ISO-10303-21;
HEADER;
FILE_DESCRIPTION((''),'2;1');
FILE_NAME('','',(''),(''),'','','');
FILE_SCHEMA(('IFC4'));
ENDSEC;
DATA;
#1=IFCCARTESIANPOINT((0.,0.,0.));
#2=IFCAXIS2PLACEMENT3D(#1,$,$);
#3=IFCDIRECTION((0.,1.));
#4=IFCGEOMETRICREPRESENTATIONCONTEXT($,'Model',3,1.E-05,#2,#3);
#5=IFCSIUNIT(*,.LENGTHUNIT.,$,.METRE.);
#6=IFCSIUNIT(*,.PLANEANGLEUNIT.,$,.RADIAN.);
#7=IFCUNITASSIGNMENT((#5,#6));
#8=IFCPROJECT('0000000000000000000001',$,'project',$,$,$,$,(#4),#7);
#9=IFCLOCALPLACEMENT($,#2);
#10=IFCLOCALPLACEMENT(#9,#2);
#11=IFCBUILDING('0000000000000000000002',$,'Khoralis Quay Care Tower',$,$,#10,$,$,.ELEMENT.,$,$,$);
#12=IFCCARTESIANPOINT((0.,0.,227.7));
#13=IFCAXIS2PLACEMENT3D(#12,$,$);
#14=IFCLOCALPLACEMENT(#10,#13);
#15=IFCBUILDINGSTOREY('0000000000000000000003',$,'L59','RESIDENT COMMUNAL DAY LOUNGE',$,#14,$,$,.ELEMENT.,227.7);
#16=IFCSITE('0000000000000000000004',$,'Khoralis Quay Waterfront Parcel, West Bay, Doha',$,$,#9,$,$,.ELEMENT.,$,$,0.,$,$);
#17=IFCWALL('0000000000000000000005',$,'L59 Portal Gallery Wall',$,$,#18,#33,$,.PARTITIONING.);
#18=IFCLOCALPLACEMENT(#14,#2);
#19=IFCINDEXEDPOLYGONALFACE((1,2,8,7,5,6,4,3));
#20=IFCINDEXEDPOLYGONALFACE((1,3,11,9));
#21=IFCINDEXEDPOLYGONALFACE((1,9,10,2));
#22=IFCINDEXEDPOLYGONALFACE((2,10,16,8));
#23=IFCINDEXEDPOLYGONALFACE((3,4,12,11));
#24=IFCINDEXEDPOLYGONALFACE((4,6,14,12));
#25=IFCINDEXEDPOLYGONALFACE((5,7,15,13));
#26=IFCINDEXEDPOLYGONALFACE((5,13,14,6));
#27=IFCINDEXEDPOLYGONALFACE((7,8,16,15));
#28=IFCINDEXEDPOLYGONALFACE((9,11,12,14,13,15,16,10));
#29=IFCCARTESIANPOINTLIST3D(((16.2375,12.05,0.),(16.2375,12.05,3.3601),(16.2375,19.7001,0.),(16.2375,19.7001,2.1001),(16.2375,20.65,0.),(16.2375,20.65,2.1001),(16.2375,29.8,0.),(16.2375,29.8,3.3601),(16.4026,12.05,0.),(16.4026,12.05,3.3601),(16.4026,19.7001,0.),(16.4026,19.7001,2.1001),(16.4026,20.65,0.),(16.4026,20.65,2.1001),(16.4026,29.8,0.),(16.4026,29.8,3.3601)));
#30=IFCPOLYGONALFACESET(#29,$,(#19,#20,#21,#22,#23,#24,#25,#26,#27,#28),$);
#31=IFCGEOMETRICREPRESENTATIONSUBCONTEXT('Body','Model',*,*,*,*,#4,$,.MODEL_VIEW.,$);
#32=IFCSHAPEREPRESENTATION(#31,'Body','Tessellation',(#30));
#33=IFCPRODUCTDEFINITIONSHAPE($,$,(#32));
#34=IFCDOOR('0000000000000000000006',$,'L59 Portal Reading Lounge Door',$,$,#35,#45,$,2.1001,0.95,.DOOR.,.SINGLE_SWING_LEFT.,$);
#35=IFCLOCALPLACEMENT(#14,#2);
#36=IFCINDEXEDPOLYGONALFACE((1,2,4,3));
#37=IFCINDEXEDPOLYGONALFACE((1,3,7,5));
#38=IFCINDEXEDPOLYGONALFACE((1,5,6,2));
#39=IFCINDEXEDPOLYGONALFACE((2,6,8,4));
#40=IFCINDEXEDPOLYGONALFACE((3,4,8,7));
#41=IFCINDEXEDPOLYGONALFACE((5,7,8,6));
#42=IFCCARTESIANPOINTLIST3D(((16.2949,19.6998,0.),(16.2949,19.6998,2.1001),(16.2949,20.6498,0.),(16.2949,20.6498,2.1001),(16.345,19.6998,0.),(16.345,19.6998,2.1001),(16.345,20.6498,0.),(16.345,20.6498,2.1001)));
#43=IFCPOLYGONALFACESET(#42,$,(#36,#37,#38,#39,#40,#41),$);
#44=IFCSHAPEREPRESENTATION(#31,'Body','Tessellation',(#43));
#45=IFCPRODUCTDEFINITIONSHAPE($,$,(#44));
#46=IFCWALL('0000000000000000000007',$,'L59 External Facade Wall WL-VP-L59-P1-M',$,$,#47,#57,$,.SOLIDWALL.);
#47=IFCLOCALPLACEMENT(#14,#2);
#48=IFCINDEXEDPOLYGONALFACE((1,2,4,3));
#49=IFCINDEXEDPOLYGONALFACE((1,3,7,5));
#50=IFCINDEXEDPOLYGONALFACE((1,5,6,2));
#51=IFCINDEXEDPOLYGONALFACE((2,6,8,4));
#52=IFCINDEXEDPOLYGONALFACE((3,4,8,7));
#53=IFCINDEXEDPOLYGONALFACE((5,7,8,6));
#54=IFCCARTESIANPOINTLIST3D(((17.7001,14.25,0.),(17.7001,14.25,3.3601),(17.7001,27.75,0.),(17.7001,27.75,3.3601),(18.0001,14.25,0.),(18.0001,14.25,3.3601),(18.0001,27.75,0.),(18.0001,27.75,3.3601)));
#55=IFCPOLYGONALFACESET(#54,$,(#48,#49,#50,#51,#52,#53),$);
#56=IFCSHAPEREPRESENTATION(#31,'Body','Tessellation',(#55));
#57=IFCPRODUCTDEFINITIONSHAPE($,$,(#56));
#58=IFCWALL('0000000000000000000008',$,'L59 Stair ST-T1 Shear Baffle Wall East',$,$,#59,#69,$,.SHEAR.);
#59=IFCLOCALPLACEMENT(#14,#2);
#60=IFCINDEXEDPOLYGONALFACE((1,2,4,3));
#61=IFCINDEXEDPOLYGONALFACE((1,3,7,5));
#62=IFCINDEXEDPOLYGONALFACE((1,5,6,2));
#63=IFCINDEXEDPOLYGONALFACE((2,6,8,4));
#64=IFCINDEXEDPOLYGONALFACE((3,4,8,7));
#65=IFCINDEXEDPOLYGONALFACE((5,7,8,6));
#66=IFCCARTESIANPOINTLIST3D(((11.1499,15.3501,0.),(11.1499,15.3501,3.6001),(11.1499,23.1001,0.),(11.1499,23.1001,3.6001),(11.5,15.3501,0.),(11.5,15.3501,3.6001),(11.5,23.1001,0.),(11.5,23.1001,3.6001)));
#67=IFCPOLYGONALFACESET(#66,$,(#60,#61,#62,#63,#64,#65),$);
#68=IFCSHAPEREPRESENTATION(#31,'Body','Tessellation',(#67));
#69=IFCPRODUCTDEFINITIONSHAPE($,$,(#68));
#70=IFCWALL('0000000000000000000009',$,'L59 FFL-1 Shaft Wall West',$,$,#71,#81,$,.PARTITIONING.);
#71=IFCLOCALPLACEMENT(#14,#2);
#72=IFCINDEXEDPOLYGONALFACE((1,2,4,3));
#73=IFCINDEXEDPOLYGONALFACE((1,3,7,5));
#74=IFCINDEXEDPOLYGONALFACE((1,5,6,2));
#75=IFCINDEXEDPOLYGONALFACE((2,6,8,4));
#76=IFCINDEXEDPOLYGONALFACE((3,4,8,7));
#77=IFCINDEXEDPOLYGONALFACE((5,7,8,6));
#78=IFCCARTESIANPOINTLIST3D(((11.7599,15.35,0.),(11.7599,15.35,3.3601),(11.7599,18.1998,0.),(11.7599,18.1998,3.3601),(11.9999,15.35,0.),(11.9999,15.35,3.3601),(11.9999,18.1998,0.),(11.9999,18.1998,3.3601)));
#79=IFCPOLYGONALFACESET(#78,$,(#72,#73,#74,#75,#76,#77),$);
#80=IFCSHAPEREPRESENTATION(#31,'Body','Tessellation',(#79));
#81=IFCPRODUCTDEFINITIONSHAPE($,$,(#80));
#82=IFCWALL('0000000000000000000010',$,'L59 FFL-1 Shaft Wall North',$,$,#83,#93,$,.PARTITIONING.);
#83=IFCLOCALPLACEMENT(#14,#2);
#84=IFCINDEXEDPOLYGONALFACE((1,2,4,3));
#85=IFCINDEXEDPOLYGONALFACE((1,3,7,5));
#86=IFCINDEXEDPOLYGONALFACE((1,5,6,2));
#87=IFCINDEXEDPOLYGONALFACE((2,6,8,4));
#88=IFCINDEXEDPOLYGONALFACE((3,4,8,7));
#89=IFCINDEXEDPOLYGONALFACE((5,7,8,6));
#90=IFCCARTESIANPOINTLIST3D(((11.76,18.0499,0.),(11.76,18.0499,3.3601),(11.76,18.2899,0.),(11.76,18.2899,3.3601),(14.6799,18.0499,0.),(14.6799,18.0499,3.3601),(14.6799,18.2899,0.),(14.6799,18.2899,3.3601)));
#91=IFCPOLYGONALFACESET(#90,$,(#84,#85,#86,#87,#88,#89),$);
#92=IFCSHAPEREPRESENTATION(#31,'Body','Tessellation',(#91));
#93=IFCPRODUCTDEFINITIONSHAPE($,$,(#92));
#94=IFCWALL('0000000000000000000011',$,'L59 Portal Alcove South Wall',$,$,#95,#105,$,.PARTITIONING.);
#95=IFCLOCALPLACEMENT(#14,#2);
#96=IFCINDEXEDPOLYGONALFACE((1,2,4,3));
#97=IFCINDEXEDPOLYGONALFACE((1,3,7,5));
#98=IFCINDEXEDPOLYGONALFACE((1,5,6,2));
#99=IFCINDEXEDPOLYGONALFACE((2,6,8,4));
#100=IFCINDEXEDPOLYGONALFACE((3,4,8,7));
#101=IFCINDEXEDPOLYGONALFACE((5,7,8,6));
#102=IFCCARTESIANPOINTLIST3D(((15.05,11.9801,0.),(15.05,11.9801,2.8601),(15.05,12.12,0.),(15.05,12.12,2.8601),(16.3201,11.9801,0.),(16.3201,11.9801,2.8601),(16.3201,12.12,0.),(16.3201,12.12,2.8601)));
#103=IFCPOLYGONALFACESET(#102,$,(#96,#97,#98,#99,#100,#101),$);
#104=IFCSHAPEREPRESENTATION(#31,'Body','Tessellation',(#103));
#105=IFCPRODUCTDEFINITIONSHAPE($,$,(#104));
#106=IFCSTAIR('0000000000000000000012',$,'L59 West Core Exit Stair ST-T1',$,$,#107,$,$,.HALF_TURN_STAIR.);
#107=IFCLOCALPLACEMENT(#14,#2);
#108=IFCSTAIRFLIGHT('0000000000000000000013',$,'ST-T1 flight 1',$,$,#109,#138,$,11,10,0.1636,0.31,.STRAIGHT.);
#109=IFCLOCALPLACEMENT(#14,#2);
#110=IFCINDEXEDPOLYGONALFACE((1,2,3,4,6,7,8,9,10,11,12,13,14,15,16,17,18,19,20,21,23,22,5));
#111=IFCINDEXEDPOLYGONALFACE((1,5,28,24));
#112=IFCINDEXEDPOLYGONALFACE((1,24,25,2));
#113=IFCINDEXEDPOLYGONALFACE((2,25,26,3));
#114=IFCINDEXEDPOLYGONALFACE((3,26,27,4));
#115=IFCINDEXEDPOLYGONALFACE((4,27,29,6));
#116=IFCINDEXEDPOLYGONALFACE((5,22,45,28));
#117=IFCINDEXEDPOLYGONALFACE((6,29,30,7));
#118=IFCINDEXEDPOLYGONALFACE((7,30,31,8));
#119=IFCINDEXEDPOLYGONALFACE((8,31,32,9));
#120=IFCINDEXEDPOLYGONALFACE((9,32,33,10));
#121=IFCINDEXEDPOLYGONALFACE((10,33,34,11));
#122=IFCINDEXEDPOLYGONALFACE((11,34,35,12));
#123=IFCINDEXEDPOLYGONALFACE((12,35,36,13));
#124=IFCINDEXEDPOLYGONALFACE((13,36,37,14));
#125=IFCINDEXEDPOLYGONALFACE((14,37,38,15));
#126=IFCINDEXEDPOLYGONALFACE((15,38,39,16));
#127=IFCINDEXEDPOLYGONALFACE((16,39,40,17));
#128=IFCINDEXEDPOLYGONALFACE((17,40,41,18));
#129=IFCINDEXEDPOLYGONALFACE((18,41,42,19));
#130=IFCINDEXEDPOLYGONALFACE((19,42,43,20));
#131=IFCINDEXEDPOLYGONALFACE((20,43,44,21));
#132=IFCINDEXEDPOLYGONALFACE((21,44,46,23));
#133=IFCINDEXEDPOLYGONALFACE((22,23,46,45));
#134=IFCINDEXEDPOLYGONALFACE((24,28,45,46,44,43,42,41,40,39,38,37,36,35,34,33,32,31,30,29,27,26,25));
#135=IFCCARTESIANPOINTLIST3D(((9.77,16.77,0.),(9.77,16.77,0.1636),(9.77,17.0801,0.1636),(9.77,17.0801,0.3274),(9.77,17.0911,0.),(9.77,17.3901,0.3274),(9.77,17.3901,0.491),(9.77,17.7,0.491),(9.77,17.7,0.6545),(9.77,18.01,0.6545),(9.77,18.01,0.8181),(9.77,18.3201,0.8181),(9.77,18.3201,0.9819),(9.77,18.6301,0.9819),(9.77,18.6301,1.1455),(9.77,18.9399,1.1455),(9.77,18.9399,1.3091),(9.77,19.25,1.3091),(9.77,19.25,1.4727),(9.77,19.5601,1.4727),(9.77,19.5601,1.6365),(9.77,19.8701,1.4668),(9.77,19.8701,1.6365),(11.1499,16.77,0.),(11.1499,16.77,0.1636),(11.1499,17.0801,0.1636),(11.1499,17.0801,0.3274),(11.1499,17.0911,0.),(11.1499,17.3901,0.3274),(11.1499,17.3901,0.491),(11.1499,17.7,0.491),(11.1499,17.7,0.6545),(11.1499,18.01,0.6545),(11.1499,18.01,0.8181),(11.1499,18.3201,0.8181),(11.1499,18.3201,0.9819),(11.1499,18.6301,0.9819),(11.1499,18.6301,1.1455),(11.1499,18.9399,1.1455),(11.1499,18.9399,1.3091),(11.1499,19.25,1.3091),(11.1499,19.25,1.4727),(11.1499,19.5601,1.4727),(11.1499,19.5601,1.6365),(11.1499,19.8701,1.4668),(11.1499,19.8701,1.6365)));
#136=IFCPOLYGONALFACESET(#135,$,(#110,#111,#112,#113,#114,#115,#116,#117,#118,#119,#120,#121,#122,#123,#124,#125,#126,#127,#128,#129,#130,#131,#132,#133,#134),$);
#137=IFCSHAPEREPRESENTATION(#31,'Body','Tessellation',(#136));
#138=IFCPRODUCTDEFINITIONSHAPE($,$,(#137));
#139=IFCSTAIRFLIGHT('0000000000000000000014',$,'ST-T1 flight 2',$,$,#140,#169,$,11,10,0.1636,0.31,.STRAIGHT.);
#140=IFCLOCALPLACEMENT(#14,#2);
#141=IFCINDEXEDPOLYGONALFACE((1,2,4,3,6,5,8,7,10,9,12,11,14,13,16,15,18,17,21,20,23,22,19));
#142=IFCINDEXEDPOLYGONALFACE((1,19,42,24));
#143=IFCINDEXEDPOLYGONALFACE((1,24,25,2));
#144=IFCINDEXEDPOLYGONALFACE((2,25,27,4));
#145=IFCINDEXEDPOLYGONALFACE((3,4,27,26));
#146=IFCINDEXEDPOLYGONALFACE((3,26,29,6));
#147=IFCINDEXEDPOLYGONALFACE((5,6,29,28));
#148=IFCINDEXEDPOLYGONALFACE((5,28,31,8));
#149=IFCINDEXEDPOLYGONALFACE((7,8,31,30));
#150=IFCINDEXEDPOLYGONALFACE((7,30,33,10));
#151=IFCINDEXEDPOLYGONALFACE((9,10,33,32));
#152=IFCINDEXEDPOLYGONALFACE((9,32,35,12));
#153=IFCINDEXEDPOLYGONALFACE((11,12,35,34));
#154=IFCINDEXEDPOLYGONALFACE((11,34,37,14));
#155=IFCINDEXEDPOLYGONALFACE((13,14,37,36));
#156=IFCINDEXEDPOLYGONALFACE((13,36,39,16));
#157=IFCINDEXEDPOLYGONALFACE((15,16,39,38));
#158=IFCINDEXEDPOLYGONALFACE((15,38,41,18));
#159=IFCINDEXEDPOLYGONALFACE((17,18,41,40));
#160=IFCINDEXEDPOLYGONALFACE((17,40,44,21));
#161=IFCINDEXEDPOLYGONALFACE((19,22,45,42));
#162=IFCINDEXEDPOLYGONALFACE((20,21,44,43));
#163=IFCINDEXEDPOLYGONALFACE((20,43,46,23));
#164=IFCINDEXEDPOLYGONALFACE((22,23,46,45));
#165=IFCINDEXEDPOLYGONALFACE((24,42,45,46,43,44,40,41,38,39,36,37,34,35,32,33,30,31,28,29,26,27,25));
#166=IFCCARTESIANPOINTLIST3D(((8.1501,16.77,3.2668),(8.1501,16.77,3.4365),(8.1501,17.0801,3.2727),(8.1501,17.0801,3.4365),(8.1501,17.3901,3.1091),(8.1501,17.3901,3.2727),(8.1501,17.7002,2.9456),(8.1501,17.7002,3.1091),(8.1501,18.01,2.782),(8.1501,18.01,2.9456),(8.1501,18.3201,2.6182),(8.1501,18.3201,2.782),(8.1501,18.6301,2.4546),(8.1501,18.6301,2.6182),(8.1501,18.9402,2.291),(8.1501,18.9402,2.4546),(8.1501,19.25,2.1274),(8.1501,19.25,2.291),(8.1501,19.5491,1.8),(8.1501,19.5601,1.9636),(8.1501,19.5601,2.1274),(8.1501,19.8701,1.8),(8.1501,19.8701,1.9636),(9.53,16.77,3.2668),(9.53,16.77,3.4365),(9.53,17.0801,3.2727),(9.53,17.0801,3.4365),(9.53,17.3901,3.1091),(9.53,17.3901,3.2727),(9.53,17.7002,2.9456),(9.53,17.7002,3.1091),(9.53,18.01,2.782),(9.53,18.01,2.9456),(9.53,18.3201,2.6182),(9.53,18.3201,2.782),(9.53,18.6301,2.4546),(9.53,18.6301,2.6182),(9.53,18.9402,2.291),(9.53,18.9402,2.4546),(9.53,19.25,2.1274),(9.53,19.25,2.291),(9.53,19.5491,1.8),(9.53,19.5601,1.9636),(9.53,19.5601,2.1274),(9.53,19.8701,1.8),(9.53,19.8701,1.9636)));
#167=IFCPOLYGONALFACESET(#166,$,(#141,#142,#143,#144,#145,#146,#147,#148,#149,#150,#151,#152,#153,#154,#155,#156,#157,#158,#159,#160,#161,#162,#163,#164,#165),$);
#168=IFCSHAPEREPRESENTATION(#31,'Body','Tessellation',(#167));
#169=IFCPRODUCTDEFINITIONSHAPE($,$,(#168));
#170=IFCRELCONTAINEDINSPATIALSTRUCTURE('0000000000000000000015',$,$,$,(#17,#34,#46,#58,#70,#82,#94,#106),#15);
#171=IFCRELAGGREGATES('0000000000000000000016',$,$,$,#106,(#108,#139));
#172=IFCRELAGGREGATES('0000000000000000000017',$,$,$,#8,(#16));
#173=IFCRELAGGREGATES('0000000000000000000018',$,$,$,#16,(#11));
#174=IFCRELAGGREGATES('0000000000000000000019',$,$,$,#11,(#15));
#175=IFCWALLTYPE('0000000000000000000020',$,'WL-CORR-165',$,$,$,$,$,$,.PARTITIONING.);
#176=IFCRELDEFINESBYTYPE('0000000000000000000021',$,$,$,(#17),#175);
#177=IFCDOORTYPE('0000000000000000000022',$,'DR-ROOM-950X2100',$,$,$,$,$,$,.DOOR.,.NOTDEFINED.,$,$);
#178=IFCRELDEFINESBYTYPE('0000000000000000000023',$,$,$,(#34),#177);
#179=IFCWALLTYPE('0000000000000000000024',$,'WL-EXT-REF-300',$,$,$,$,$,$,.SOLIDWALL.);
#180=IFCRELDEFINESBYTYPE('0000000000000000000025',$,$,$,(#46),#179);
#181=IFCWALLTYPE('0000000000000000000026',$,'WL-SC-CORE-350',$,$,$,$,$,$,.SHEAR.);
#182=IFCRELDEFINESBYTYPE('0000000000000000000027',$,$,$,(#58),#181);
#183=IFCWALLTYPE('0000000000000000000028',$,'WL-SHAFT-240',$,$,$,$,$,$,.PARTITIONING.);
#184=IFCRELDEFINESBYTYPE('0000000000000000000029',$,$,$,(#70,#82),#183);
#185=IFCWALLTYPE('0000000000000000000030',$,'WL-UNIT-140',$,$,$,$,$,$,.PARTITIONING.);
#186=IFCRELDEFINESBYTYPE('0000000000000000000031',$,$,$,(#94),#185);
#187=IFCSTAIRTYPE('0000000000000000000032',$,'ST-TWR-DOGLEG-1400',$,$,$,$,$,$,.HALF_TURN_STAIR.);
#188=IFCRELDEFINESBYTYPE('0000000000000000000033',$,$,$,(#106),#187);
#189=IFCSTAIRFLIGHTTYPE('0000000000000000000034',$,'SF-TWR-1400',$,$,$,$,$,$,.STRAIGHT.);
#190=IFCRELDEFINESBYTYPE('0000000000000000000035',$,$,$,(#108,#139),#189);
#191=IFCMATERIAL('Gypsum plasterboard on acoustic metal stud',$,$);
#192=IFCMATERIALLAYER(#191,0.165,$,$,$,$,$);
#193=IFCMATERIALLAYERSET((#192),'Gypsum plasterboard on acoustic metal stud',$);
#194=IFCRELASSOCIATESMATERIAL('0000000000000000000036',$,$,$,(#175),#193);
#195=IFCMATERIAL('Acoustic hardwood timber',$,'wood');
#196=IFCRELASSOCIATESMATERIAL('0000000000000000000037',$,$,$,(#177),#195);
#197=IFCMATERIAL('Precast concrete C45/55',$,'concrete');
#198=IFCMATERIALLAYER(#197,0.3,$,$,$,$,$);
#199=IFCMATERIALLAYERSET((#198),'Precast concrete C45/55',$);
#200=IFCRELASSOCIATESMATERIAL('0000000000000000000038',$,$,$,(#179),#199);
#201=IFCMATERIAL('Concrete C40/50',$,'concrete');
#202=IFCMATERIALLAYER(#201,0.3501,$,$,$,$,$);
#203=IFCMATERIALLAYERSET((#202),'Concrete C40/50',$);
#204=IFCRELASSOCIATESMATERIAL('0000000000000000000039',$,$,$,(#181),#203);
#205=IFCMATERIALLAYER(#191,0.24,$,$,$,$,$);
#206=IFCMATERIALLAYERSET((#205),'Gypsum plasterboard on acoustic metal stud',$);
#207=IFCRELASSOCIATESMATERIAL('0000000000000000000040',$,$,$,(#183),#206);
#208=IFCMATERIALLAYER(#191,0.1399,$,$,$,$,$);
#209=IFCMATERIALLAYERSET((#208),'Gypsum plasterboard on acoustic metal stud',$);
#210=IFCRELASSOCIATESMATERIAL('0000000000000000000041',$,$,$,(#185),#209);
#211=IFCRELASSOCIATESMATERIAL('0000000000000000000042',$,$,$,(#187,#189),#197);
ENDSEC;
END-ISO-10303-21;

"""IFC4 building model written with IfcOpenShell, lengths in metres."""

from ifc_helpers import new_model, si_unit, direction, frame, frame_2d, origin, place, context, subcontext, project, spatial, polyline, rectangle, outline, extrude, source, transform, mapped, material, layer, layer_set, type_object, element, fill, aggregate, save


model = new_model("IFC4")

# Units and contexts
model_context = context("Model", 3, precision=1e-05, world=origin(), true_north=direction((0.0, 1.0)))
body_context = subcontext(model_context, "Body", "Model", "MODEL_VIEW")
ifc_project = project(units=[si_unit("LENGTHUNIT", "METRE"), si_unit("PLANEANGLEUNIT", "RADIAN")], contexts=[model_context])

# Site, building, storey
site_placement = place(None, origin())
site = spatial("IfcSite", under=ifc_project, at=site_placement, Name="Khoralis Quay Waterfront Parcel, West Bay, Doha", CompositionType="ELEMENT", RefElevation=0.0)
building_placement = place(site_placement, origin())
building = spatial("IfcBuilding", under=site, at=building_placement, Name="Khoralis Quay Care Tower", CompositionType="ELEMENT")
storey_placement = place(building_placement, frame((0.0, 0.0, 227.7)))
storey = spatial("IfcBuildingStorey", under=building, at=storey_placement, Name="L59", Description="RESIDENT COMMUNAL DAY LOUNGE", CompositionType="ELEMENT", Elevation=227.7)

# Shared definitions
ifc_material_1 = material(Name="Gypsum plasterboard on acoustic metal stud")

# Wall, opening, door
ifc_layer_1 = layer(ifc_material_1, 0.165)
ifc_layer_set_1 = layer_set([ifc_layer_1], Name="Gypsum plasterboard on acoustic metal stud")
wall_type_1 = type_object("IfcWallType", Name="WL-CORR-165", PredefinedType="PARTITIONING", material=ifc_layer_set_1)
wall_1_placement = place(storey_placement, frame((16.3201, 12.05, 0.0), z_axis=(0.0, 0.0, 1.0), x_axis=(0.0, 1.0, 0.0)))
wall_1 = element("IfcWall", 1, at=wall_1_placement, inside=storey, type_object=wall_type_1, Name="L59 Portal Gallery Wall", PredefinedType="PARTITIONING", context=body_context, shape_type="SweptSolid", body=[
    extrude(rectangle(XDim=17.75, YDim=0.165, at=frame_2d((8.875, 0.0))), origin(), (0.0, 0.0, 1.0), 3.3601),
])
opening_1_placement = place(wall_1_placement, frame((7.6499, 0.0, 0.0)))
opening_1 = element("IfcOpeningElement", 2, at=opening_1_placement, cuts=wall_1, PredefinedType="OPENING", context=body_context, shape_type="SweptSolid", body=[
    extrude(rectangle(XDim=0.95, YDim=2.1001, at=frame_2d((0.4751, 1.05))), frame((0.0, 0.0925, 0.0), z_axis=(0.0, -1.0, 0.0), x_axis=(1.0, 0.0, 0.0)), (0.0, 0.0, 1.0), 0.1851),
])
ifc_material_2 = material(Name="Acoustic hardwood timber", Category="wood")
door_type_1 = type_object("IfcDoorType", Name="DR-ROOM-950X2100", OperationType="NOTDEFINED", PredefinedType="DOOR", material=ifc_material_2)
shared_shape_1 = source(origin(), body_context, "Body", "SweptSolid", [
    extrude(rectangle(XDim=0.95, YDim=2.1001, at=frame_2d((0.4751, 1.05))), frame((0.0, 0.0249, 0.0), z_axis=(0.0, -1.0, 0.0), x_axis=(1.0, 0.0, 0.0)), (0.0, 0.0, 1.0), 0.05),
])
door_1_placement = place(opening_1_placement, frame((0.95, 0.0, 0.0), z_axis=(0.0, 0.0, 1.0), x_axis=(-1.0, 0.0, 0.0)))
door_1 = element("IfcDoor", 3, at=door_1_placement, inside=storey, type_object=door_type_1, Name="L59 Portal Reading Lounge Door", OperationType="SINGLE_SWING_LEFT", OverallHeight=2.1001, OverallWidth=0.95, PredefinedType="DOOR", context=body_context, shape_type="MappedRepresentation", body=[
    mapped(shared_shape_1, transform((0.0, 0.0, 0.0), scale=1.0)),
])
fill(opening_1, door_1)

# Walls
ifc_material_3 = material(Name="Precast concrete C45/55", Category="concrete")
ifc_layer_2 = layer(ifc_material_3, 0.3)
ifc_layer_set_2 = layer_set([ifc_layer_2], Name="Precast concrete C45/55")
wall_type_2 = type_object("IfcWallType", Name="WL-EXT-REF-300", PredefinedType="SOLIDWALL", material=ifc_layer_set_2)
wall_2_placement = place(storey_placement, frame((17.8501, 14.25, 0.0), z_axis=(0.0, 0.0, 1.0), x_axis=(0.0, 1.0, 0.0)))
element("IfcWall", 4, at=wall_2_placement, inside=storey, type_object=wall_type_2, Name="L59 External Facade Wall WL-VP-L59-P1-M", PredefinedType="SOLIDWALL", context=body_context, shape_type="SweptSolid", body=[
    extrude(rectangle(XDim=13.5, YDim=0.3, at=frame_2d((6.75, 0.0))), origin(), (0.0, 0.0, 1.0), 3.3601),
])
ifc_material_4 = material(Name="Concrete C40/50", Category="concrete")
ifc_layer_3 = layer(ifc_material_4, 0.3501)
ifc_layer_set_3 = layer_set([ifc_layer_3], Name="Concrete C40/50")
wall_type_3 = type_object("IfcWallType", Name="WL-SC-CORE-350", PredefinedType="SHEAR", material=ifc_layer_set_3)
wall_3_placement = place(storey_placement, frame((11.325, 15.3501, 0.0), z_axis=(0.0, 0.0, 1.0), x_axis=(0.0, 1.0, 0.0)))
element("IfcWall", 5, at=wall_3_placement, inside=storey, type_object=wall_type_3, Name="L59 Stair ST-T1 Shear Baffle Wall East", PredefinedType="SHEAR", context=body_context, shape_type="SweptSolid", body=[
    extrude(rectangle(XDim=7.75, YDim=0.3501, at=frame_2d((3.875, 0.0))), origin(), (0.0, 0.0, 1.0), 3.6001),
])
ifc_layer_4 = layer(ifc_material_1, 0.24)
ifc_layer_set_4 = layer_set([ifc_layer_4], Name="Gypsum plasterboard on acoustic metal stud")
wall_type_4 = type_object("IfcWallType", Name="WL-SHAFT-240", PredefinedType="PARTITIONING", material=ifc_layer_set_4)
wall_4_placement = place(storey_placement, frame((11.8799, 15.3501, 0.0), z_axis=(0.0, 0.0, 1.0), x_axis=(0.0, 1.0, 0.0)))
element("IfcWall", 6, at=wall_4_placement, inside=storey, type_object=wall_type_4, Name="L59 FFL-1 Shaft Wall West", PredefinedType="PARTITIONING", context=body_context, shape_type="SweptSolid", body=[
    extrude(rectangle(XDim=2.8499, YDim=0.24, at=frame_2d((1.4248, 0.0))), origin(), (0.0, 0.0, 1.0), 3.3601),
])
wall_5_placement = place(storey_placement, frame((11.76, 18.1699, 0.0), z_axis=(0.0, 0.0, 1.0), x_axis=(1.0, 0.0, 0.0)))
element("IfcWall", 7, at=wall_5_placement, inside=storey, type_object=wall_type_4, Name="L59 FFL-1 Shaft Wall North", PredefinedType="PARTITIONING", context=body_context, shape_type="SweptSolid", body=[
    extrude(rectangle(XDim=2.9199, YDim=0.24, at=frame_2d((1.46, 0.0))), origin(), (0.0, 0.0, 1.0), 3.3601),
])
ifc_layer_5 = layer(ifc_material_1, 0.1399)
ifc_layer_set_5 = layer_set([ifc_layer_5], Name="Gypsum plasterboard on acoustic metal stud")
wall_type_5 = type_object("IfcWallType", Name="WL-UNIT-140", PredefinedType="PARTITIONING", material=ifc_layer_set_5)
wall_6_placement = place(storey_placement, frame((15.05, 12.05, 0.0), z_axis=(0.0, 0.0, 1.0), x_axis=(1.0, 0.0, 0.0)))
element("IfcWall", 8, at=wall_6_placement, inside=storey, type_object=wall_type_5, Name="L59 Portal Alcove South Wall", PredefinedType="PARTITIONING", context=body_context, shape_type="SweptSolid", body=[
    extrude(rectangle(XDim=1.27, YDim=0.1399, at=frame_2d((0.635, 0.0))), origin(), (0.0, 0.0, 1.0), 2.8601),
])

# Stair, stair flights
stair_type = type_object("IfcStairType", Name="ST-TWR-DOGLEG-1400", PredefinedType="HALF_TURN_STAIR", material=ifc_material_3)
stair_placement = place(storey_placement, origin())
stair = element("IfcStair", 9, at=stair_placement, inside=storey, type_object=stair_type, Name="L59 West Core Exit Stair ST-T1", PredefinedType="HALF_TURN_STAIR")
stair_flight_type = type_object("IfcStairFlightType", Name="SF-TWR-1400", PredefinedType="STRAIGHT", material=ifc_material_3)
shared_shape_2 = source(origin(), body_context, "Body", "SweptSolid", [
    extrude(outline(polyline([(0.0, 0.0), (0.0, 0.1636), (0.3101, 0.1636), (0.3101, 0.3274), (0.6201, 0.3274), (0.6201, 0.491), (0.9299, 0.491), (0.9299, 0.6545), (1.24, 0.6545), (1.24, 0.8181), (1.55, 0.8181), (1.55, 0.9819), (1.8601, 0.9819), (1.8601, 1.1455), (2.1699, 1.1455), (2.1699, 1.3091), (2.48, 1.3091), (2.48, 1.4727), (2.79, 1.4727), (2.79, 1.6365), (3.1001, 1.6365), (3.1001, 1.8), (3.1001, 1.4668), (0.321, 0.0), (0.0, 0.0)])), frame((0.0, 0.6899, 0.0), z_axis=(0.0, -1.0, 0.0), x_axis=(1.0, 0.0, 0.0)), (0.0, 0.0, 1.0), 1.3799),
])
stair_flight_1_placement = place(storey_placement, frame((10.46, 16.77, 0.0), z_axis=(0.0, 0.0, 1.0), x_axis=(0.0, 1.0, 0.0)))
stair_flight_1 = element("IfcStairFlight", 10, at=stair_flight_1_placement, type_object=stair_flight_type, Name="ST-T1 flight 1", NumberOfRisers=11, NumberOfTreads=10, PredefinedType="STRAIGHT", RiserHeight=0.1636, TreadLength=0.31, context=body_context, shape_type="MappedRepresentation", body=[
    mapped(shared_shape_2, transform((0.0, 0.0, 0.0), scale=1.0)),
])
stair_flight_2_placement = place(storey_placement, frame((8.8401, 19.8701, 1.8), z_axis=(0.0, 0.0, 1.0), x_axis=(0.0, -1.0, 0.0)))
stair_flight_2 = element("IfcStairFlight", 11, at=stair_flight_2_placement, type_object=stair_flight_type, Name="ST-T1 flight 2", NumberOfRisers=11, NumberOfTreads=10, PredefinedType="STRAIGHT", RiserHeight=0.1636, TreadLength=0.31, context=body_context, shape_type="MappedRepresentation", body=[
    mapped(shared_shape_2, transform((0.0, 0.0, 0.0), scale=1.0)),
])
aggregate(stair, [stair_flight_1, stair_flight_2])

save(model, "model.ifc")
